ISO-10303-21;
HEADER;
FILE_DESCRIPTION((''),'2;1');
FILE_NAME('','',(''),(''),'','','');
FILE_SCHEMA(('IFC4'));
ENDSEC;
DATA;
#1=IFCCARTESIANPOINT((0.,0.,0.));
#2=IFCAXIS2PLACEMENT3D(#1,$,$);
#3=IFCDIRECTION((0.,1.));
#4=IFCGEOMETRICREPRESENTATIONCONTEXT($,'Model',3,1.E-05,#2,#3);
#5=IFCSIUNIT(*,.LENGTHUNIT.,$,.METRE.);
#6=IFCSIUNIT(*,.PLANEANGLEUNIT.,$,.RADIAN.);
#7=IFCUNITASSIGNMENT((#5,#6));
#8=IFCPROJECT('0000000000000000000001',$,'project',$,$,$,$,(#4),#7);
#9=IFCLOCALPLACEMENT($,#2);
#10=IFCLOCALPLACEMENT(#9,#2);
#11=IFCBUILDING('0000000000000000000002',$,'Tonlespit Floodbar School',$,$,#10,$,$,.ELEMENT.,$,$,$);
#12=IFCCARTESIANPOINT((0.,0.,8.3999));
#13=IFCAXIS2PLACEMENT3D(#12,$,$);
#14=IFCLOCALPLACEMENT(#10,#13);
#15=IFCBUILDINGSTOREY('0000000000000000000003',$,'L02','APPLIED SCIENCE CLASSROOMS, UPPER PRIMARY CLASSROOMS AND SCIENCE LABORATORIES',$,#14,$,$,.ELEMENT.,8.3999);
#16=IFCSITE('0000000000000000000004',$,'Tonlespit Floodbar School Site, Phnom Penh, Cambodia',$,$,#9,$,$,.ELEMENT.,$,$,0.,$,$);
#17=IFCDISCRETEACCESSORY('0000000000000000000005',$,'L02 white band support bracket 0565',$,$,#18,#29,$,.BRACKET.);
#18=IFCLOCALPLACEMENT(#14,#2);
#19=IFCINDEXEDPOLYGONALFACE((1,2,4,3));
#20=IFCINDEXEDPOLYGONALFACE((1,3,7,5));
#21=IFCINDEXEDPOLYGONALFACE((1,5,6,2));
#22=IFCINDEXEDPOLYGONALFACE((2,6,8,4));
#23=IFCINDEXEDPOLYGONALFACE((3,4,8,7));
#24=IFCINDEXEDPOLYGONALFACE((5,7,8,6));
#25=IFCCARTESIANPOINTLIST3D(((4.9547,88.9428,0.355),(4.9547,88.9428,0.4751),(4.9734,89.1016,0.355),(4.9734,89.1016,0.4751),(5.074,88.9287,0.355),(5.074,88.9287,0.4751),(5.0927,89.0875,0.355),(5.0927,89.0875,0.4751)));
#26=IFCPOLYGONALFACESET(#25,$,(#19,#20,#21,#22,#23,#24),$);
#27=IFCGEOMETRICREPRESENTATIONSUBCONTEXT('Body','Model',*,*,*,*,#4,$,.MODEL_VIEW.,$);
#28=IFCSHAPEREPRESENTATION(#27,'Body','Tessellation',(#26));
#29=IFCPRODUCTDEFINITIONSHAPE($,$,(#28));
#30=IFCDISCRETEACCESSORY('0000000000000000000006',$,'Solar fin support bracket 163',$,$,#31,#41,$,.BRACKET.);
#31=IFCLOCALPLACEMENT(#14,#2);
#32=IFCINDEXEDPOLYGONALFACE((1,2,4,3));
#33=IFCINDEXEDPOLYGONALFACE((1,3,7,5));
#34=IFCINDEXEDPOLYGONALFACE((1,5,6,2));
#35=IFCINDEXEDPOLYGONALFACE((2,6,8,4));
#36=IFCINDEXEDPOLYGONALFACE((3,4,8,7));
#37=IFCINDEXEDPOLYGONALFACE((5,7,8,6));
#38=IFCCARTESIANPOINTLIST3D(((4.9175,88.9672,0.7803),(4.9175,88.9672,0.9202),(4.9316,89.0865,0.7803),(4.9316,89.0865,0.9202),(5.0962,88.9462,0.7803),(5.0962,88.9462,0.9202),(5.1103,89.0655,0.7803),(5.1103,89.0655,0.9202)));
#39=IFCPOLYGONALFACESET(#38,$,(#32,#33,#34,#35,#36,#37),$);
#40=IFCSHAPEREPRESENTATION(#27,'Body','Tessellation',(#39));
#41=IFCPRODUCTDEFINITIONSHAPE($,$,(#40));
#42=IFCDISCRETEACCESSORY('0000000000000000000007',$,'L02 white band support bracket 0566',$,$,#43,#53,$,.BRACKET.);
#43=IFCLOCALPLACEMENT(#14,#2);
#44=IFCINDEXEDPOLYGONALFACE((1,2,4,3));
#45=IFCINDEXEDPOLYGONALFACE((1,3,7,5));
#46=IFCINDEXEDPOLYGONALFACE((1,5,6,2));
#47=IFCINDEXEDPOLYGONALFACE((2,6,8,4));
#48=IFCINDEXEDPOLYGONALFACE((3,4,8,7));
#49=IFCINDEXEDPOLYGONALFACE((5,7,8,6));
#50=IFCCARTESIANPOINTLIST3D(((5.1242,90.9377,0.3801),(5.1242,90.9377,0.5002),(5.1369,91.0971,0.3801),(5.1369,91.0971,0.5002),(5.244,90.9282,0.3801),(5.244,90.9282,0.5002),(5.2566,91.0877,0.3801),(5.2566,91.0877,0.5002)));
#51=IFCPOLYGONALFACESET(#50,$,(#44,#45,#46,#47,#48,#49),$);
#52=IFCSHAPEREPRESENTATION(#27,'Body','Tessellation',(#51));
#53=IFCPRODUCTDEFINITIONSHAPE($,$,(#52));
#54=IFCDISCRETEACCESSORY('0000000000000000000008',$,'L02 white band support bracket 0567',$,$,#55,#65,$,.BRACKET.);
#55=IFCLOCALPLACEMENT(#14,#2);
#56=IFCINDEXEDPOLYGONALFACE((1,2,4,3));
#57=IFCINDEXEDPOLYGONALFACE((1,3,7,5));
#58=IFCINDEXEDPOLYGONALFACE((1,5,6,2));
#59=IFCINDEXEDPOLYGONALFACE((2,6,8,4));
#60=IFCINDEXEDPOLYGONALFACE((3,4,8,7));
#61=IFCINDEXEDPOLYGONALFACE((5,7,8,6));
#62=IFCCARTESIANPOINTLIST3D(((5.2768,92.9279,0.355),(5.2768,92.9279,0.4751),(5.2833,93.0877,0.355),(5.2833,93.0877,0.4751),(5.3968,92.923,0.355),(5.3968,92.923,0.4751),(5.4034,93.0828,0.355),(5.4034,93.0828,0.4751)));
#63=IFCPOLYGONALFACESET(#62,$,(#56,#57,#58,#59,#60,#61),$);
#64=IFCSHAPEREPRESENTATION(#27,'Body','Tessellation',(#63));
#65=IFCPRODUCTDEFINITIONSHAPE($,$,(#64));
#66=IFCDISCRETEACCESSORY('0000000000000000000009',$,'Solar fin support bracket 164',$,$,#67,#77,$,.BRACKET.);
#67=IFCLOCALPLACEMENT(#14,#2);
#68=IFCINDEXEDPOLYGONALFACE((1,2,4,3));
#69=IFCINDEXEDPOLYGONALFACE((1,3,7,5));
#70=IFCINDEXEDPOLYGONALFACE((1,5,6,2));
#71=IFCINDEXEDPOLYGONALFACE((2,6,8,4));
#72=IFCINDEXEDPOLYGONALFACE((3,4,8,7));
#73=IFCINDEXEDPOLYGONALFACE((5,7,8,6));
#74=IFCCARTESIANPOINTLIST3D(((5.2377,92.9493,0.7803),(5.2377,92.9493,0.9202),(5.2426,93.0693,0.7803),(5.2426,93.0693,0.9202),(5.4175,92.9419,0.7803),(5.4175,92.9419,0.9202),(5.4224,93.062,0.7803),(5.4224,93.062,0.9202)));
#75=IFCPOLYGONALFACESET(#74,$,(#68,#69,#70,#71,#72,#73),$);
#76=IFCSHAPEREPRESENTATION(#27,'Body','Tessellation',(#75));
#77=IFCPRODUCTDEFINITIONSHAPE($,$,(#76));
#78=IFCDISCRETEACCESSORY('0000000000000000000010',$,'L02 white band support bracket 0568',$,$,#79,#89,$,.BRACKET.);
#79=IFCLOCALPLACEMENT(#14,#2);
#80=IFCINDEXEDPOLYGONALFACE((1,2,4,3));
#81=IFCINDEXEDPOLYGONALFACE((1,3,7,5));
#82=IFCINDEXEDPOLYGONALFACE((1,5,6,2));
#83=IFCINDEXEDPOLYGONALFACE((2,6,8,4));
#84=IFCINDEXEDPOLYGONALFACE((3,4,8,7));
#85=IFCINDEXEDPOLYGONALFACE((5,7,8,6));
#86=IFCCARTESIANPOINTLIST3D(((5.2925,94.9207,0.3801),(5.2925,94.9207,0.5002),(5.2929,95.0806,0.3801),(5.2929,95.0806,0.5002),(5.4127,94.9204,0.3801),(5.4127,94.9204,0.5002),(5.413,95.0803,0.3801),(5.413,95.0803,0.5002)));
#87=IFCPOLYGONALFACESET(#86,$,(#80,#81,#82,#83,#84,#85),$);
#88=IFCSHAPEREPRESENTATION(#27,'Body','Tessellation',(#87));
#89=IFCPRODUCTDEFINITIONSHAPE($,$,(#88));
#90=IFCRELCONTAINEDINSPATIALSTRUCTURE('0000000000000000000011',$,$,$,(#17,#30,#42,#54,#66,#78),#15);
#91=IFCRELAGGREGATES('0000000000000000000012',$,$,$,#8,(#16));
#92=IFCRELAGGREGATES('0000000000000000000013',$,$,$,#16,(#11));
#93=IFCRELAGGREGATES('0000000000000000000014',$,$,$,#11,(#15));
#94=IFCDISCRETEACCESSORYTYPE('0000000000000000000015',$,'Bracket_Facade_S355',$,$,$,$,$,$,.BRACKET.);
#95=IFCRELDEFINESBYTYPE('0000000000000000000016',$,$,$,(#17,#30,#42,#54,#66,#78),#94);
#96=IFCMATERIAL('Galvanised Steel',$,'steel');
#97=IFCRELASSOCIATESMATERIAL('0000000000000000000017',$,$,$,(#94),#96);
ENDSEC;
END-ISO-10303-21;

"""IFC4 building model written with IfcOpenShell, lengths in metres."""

from ifc_helpers import new_model, si_unit, direction, frame, origin, origin_2d, place, context, subcontext, project, spatial, rectangle, extrude, material, type_object, element, save


model = new_model("IFC4")

# Units and contexts
model_context = context("Model", 3, precision=1e-05, world=origin(), true_north=direction((0.0, 1.0)))
body_context = subcontext(model_context, "Body", "Model", "MODEL_VIEW")
ifc_project = project(units=[si_unit("LENGTHUNIT", "METRE"), si_unit("PLANEANGLEUNIT", "RADIAN")], contexts=[model_context])

# Site, building, storey
site_placement = place(None, origin())
site = spatial("IfcSite", under=ifc_project, at=site_placement, Name="Tonlespit Floodbar School Site, Phnom Penh, Cambodia", CompositionType="ELEMENT", RefElevation=0.0)
building_placement = place(site_placement, origin())
building = spatial("IfcBuilding", under=site, at=building_placement, Name="Tonlespit Floodbar School", CompositionType="ELEMENT")
storey_placement = place(building_placement, frame((0.0, 0.0, 8.3999)))
storey = spatial("IfcBuildingStorey", under=building, at=storey_placement, Name="L02", Description="APPLIED SCIENCE CLASSROOMS, UPPER PRIMARY CLASSROOMS AND SCIENCE LABORATORIES", CompositionType="ELEMENT", Elevation=8.3999)

# Discrete accessories
ifc_material_1 = material(Name="Galvanised Steel", Category="steel")
discrete_accessory_type = type_object("IfcDiscreteAccessoryType", Name="Bracket_Facade_S355", PredefinedType="BRACKET", material=ifc_material_1)
discrete_accessory_1_placement = place(storey_placement, frame((5.0237, 89.0151, 0.355), z_axis=(0.0, 0.0, 1.0), x_axis=(0.116991, 0.993133, 0.0)))
element("IfcDiscreteAccessory", 1, at=discrete_accessory_1_placement, inside=storey, type_object=discrete_accessory_type, Name="L02 white band support bracket 0565", PredefinedType="BRACKET", context=body_context, shape_type="SweptSolid", body=[
    extrude(rectangle(XDim=0.1599, YDim=0.1201, at=origin_2d()), origin(), (0.0, 0.0, 1.0), 0.1201),
])
discrete_accessory_2_placement = place(storey_placement, frame((5.0139, 89.0164, 0.7803), z_axis=(0.0, 0.0, 1.0), x_axis=(0.116991, 0.993133, 0.0)))
element("IfcDiscreteAccessory", 2, at=discrete_accessory_2_placement, inside=storey, type_object=discrete_accessory_type, Name="Solar fin support bracket 163", PredefinedType="BRACKET", context=body_context, shape_type="SweptSolid", body=[
    extrude(rectangle(XDim=0.1201, YDim=0.1799, at=origin_2d()), origin(), (0.0, 0.0, 1.0), 0.1399),
])
for number, where, z_axis, x_axis, name in (
    (3, (5.1904, 91.0127, 0.3801), (0.0, 0.0, 1.0), (0.079002, 0.996874, 0.0), "L02 white band support bracket 0566"),
    (4, (5.3401, 93.0054, 0.355), (0.0, 0.0, 1.0), (0.040716, 0.999171, 0.0), "L02 white band support bracket 0567"),
):
    element("IfcDiscreteAccessory", number, at=place(storey_placement, frame(where, z_axis=z_axis, x_axis=x_axis)), inside=storey, type_object=discrete_accessory_type, Name=name, PredefinedType="BRACKET", context=body_context, shape_type="SweptSolid", body=[
        extrude(rectangle(XDim=0.1599, YDim=0.1201, at=origin_2d()), origin(), (0.0, 0.0, 1.0), 0.1201),
    ])
discrete_accessory_3_placement = place(storey_placement, frame((5.3301, 93.0056, 0.7803), z_axis=(0.0, 0.0, 1.0), x_axis=(0.040716, 0.999171, 0.0)))
element("IfcDiscreteAccessory", 5, at=discrete_accessory_3_placement, inside=storey, type_object=discrete_accessory_type, Name="Solar fin support bracket 164", PredefinedType="BRACKET", context=body_context, shape_type="SweptSolid", body=[
    extrude(rectangle(XDim=0.1201, YDim=0.1799, at=origin_2d()), origin(), (0.0, 0.0, 1.0), 0.1399),
])
discrete_accessory_4_placement = place(storey_placement, frame((5.3528, 95.0005, 0.3801), z_axis=(0.0, 0.0, 1.0), x_axis=(0.002201, 0.999998, 0.0)))
element("IfcDiscreteAccessory", 6, at=discrete_accessory_4_placement, inside=storey, type_object=discrete_accessory_type, Name="L02 white band support bracket 0568", PredefinedType="BRACKET", context=body_context, shape_type="SweptSolid", body=[
    extrude(rectangle(XDim=0.1599, YDim=0.1201, at=origin_2d()), origin(), (0.0, 0.0, 1.0), 0.1201),
])

save(model, "model.ifc")
